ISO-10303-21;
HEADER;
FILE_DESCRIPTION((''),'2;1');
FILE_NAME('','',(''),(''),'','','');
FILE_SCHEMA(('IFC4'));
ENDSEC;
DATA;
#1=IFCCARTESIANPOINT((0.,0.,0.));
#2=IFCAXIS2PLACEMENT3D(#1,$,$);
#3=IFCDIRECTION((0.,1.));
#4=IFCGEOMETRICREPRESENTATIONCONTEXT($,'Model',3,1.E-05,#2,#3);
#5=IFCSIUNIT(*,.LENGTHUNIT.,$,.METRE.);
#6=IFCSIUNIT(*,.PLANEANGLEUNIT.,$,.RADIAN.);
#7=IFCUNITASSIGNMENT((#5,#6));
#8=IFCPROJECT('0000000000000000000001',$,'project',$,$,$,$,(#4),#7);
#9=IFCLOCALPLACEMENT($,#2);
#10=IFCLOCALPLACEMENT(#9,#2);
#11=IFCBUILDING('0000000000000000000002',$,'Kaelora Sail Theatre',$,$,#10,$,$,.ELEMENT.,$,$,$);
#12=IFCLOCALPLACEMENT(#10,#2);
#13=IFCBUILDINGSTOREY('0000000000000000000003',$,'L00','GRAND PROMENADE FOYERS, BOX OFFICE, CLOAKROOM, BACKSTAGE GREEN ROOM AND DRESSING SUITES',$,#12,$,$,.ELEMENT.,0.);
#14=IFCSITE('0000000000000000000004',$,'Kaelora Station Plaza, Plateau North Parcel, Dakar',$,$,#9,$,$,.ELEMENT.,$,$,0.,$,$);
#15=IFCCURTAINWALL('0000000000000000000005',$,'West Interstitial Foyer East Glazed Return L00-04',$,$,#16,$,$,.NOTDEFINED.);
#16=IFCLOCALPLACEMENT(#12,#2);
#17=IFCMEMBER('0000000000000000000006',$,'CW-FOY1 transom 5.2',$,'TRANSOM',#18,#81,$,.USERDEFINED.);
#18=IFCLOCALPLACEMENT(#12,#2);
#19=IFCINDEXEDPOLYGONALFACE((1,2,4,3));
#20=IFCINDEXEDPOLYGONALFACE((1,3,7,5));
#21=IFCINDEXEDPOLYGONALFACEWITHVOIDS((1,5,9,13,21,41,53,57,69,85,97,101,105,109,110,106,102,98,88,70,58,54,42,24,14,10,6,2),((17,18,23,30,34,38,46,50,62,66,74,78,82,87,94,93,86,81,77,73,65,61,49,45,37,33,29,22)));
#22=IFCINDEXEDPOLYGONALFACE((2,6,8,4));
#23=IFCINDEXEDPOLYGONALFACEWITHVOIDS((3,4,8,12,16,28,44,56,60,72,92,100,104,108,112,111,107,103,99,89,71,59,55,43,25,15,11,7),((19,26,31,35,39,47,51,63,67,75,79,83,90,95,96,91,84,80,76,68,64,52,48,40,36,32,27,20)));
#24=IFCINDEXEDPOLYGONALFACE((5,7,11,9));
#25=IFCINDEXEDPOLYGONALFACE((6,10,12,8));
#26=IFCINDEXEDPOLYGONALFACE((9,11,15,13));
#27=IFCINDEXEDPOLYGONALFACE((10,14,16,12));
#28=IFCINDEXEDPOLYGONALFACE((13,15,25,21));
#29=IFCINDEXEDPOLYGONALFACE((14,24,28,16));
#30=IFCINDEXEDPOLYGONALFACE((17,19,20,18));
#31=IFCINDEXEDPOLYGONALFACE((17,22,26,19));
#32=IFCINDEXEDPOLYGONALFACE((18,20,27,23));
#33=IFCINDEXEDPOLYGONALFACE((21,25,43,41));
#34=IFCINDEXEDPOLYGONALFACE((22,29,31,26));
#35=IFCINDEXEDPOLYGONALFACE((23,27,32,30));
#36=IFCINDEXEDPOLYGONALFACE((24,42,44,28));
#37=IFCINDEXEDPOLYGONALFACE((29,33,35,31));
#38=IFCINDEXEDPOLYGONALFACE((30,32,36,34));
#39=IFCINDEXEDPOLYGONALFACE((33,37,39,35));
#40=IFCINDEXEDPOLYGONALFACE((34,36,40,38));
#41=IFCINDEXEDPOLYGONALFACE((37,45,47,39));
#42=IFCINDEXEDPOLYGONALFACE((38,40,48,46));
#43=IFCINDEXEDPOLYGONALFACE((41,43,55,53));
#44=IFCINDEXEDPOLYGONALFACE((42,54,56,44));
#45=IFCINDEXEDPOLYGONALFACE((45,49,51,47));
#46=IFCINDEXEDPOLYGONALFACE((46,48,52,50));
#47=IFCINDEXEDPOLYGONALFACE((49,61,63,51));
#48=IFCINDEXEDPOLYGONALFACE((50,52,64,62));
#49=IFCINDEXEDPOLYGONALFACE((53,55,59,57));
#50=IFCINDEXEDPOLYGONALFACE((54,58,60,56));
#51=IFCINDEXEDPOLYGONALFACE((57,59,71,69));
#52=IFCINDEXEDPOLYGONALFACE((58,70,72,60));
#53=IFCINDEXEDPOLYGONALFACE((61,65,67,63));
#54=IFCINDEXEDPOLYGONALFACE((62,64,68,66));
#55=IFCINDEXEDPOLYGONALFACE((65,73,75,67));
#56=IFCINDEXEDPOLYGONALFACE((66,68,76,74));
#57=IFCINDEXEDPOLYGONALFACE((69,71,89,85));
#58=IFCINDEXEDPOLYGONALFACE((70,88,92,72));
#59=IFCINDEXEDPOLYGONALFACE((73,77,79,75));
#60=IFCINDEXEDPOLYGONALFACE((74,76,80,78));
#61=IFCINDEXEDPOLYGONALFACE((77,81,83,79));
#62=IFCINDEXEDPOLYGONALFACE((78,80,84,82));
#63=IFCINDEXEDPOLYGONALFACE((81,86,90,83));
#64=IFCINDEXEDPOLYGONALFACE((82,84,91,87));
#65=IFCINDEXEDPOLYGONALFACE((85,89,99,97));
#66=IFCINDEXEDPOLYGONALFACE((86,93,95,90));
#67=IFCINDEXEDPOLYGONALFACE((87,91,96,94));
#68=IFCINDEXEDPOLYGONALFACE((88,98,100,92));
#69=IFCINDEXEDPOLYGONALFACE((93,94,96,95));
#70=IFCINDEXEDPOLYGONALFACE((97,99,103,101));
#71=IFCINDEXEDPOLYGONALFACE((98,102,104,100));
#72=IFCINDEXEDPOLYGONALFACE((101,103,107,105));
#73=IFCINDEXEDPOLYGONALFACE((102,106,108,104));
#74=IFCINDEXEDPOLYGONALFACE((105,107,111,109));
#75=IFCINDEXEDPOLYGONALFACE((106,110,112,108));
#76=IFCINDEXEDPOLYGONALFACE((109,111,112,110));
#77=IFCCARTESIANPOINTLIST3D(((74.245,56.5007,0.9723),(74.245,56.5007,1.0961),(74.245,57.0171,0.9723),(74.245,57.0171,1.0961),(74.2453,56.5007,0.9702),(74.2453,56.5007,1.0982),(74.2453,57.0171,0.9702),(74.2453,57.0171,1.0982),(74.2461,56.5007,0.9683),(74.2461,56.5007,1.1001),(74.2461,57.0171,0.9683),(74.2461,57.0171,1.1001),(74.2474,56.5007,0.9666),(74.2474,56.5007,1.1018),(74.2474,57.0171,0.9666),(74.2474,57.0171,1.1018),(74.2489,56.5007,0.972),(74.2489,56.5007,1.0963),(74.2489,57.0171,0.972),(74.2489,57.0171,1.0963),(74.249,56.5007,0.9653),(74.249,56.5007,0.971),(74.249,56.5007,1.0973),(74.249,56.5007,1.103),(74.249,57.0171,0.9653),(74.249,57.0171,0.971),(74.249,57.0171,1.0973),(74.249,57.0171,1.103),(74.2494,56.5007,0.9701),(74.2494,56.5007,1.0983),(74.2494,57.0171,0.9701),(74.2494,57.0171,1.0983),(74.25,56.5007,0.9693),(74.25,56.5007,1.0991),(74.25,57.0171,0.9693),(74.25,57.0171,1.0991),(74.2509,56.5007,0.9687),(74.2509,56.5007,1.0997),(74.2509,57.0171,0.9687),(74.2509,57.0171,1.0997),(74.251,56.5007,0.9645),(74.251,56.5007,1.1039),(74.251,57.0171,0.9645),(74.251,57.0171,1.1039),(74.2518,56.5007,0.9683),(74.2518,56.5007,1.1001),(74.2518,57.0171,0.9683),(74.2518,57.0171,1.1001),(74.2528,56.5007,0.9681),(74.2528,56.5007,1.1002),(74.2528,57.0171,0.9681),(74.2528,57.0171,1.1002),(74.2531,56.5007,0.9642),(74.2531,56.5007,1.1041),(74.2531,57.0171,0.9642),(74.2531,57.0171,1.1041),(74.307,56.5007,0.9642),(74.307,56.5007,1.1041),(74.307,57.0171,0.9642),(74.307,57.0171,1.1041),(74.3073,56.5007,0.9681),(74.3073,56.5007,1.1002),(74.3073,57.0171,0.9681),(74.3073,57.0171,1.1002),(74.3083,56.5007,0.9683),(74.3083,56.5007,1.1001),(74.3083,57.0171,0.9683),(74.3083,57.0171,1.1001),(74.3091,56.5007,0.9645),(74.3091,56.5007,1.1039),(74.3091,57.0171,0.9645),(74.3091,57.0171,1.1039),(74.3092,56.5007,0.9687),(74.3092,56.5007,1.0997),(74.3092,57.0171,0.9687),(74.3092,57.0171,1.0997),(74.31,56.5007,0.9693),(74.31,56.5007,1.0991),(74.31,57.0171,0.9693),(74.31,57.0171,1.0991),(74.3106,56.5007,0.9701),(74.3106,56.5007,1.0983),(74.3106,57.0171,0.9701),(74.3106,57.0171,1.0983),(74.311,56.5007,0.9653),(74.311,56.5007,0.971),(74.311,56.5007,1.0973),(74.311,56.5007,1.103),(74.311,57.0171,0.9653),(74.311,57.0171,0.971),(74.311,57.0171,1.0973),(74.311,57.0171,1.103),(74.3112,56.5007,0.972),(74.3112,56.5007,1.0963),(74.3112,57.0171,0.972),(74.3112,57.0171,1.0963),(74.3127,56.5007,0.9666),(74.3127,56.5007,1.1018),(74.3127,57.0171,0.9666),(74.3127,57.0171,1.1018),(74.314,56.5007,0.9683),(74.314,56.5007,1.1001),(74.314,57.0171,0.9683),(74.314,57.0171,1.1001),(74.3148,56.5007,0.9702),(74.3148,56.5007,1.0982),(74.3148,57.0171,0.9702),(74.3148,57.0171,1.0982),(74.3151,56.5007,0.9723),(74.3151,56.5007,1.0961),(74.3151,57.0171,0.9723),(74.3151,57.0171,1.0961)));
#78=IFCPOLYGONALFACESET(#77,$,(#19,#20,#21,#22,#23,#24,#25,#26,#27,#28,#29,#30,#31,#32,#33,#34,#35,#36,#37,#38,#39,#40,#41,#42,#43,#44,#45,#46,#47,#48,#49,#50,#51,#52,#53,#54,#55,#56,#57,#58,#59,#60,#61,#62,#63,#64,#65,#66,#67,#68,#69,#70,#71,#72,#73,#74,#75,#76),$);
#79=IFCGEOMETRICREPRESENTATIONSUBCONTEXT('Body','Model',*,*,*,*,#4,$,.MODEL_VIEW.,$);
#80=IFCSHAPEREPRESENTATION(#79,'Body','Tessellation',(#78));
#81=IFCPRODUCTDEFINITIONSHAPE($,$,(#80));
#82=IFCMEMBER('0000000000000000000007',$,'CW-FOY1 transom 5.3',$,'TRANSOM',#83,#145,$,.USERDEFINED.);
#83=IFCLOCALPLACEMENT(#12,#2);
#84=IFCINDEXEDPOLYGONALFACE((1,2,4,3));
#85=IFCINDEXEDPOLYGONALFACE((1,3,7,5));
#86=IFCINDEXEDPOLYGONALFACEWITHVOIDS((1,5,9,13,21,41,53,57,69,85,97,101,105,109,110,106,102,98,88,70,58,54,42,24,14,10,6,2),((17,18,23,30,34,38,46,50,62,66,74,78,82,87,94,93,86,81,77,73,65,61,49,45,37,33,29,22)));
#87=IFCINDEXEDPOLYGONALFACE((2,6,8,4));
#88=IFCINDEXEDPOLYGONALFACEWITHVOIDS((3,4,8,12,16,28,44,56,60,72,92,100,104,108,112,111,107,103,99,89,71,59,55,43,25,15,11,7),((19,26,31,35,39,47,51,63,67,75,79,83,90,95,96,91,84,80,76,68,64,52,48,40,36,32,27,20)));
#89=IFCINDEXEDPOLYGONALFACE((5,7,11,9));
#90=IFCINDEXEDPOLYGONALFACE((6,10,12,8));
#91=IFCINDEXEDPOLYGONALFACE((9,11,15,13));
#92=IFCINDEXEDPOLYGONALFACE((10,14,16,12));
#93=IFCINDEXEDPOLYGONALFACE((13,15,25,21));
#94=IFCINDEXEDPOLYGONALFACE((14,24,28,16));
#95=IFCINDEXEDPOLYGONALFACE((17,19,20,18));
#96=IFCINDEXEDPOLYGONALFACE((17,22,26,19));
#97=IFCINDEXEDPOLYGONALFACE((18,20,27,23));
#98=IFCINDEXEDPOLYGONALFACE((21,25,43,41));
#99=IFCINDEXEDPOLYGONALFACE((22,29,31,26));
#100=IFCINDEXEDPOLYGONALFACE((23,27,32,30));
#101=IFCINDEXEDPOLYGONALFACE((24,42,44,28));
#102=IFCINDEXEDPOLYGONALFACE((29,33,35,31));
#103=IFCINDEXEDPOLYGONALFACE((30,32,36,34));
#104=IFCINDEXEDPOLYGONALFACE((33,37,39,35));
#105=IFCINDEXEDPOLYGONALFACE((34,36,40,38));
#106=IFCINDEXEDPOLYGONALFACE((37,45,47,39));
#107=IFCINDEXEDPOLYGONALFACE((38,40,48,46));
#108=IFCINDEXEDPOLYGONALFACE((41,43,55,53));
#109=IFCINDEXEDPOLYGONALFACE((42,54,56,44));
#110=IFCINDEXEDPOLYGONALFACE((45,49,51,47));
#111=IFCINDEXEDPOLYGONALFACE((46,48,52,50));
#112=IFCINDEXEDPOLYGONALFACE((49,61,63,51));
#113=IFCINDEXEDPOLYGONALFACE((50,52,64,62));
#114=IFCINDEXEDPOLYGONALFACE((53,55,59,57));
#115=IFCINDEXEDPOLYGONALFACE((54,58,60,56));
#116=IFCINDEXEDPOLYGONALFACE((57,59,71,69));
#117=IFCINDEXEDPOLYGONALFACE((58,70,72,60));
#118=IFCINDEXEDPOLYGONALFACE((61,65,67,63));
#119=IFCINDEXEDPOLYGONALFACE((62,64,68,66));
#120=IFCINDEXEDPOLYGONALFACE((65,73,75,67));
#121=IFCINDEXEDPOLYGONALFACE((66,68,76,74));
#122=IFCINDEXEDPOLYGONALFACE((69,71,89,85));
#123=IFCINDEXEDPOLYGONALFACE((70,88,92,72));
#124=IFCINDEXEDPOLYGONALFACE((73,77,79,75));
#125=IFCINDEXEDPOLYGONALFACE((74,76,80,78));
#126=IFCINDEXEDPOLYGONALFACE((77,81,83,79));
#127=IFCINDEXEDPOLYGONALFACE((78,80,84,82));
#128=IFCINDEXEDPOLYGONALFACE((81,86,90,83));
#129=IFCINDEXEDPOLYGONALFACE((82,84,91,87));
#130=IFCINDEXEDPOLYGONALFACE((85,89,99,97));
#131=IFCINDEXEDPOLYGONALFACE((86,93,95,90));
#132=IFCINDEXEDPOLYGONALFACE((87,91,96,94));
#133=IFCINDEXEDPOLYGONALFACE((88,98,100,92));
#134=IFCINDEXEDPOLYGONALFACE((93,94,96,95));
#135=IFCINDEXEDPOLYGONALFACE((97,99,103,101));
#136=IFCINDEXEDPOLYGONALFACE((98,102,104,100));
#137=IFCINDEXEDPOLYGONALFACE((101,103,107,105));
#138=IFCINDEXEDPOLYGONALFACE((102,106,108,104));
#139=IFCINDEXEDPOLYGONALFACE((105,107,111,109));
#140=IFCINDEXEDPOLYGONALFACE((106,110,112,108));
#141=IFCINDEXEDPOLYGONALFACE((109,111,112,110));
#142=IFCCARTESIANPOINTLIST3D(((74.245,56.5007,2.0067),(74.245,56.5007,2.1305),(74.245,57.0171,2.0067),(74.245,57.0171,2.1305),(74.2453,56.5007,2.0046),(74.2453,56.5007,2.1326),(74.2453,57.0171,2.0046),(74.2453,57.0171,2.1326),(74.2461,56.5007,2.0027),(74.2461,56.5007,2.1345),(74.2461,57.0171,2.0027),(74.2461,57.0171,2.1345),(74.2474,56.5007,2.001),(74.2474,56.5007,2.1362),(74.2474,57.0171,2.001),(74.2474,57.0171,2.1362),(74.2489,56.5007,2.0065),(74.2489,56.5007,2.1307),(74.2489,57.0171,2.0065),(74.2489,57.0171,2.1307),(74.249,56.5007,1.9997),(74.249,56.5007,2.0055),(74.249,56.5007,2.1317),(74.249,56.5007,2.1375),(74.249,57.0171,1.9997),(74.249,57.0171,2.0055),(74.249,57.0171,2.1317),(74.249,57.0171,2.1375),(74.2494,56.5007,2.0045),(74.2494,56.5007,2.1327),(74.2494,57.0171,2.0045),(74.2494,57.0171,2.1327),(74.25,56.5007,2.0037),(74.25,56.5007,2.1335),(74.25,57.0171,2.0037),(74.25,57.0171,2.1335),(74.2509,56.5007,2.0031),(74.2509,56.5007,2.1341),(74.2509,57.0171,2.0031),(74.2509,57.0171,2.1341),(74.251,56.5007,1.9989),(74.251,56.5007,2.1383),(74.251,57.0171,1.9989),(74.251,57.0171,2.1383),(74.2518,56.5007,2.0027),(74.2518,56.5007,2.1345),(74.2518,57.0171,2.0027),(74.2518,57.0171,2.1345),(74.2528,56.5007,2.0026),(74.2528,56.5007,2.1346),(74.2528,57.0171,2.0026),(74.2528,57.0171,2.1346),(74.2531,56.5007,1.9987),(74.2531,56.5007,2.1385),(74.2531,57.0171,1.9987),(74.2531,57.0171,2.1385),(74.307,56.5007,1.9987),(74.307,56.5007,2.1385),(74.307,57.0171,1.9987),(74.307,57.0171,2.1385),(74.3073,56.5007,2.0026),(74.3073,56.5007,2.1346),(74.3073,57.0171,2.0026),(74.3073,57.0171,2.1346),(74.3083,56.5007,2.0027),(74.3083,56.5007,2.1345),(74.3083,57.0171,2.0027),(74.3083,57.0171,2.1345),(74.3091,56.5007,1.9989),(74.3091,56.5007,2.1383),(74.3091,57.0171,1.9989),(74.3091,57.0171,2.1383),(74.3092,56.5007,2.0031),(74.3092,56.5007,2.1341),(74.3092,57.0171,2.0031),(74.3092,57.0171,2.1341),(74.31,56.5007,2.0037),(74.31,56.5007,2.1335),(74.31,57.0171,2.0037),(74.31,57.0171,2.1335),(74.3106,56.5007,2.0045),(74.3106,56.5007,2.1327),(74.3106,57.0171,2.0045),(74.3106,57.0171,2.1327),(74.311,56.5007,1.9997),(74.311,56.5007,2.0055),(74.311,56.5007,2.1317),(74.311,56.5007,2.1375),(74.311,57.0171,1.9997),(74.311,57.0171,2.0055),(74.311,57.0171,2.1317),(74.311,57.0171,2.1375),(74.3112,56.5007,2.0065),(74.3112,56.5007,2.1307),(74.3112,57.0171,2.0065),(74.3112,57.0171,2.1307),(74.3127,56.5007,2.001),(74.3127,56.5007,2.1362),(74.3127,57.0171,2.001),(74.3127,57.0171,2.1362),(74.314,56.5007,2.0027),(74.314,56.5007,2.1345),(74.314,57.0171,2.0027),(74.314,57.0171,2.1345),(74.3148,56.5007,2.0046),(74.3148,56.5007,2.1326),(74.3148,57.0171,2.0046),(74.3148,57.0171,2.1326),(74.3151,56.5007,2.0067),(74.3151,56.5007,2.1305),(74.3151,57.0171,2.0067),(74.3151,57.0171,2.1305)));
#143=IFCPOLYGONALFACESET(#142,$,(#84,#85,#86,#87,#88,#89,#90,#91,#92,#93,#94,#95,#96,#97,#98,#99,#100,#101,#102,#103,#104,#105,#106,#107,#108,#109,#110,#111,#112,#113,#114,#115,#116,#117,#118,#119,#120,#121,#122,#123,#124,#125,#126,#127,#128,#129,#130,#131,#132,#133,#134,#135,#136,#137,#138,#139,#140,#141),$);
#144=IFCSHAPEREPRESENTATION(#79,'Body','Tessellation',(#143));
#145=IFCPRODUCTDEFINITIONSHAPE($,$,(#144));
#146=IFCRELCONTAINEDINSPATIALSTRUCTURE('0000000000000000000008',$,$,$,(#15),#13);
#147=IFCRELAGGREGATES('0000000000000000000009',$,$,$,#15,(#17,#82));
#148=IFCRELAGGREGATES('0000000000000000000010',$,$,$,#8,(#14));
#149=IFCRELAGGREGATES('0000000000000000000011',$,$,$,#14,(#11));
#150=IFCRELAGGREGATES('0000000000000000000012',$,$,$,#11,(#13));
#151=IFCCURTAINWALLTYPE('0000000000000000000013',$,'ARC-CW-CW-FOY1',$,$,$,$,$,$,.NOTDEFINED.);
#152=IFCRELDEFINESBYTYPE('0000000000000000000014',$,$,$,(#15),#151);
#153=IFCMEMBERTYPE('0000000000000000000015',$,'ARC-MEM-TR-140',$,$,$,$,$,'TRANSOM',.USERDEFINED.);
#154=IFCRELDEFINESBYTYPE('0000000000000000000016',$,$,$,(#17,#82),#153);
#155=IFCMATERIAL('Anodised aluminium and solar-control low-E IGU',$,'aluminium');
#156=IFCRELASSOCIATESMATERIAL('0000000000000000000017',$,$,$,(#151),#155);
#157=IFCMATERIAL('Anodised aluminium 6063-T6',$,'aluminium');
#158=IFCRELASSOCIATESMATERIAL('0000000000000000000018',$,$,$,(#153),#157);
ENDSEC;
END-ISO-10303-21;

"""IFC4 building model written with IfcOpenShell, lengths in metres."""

from ifc_helpers import new_model, si_unit, direction, frame, origin, origin_2d, place, context, subcontext, project, spatial, hollow_rectangle, extrude, material, material_profile, profile_set, type_object, element, aggregate, save


model = new_model("IFC4")

# Units and contexts
model_context = context("Model", 3, precision=1e-05, world=origin(), true_north=direction((0.0, 1.0)))
body_context = subcontext(model_context, "Body", "Model", "MODEL_VIEW")
ifc_project = project(units=[si_unit("LENGTHUNIT", "METRE"), si_unit("PLANEANGLEUNIT", "RADIAN")], contexts=[model_context])

# Site, building, storey
site_placement = place(None, origin())
site = spatial("IfcSite", under=ifc_project, at=site_placement, Name="Kaelora Station Plaza, Plateau North Parcel, Dakar", CompositionType="ELEMENT", RefElevation=0.0)
building_placement = place(site_placement, origin())
building = spatial("IfcBuilding", under=site, at=building_placement, Name="Kaelora Sail Theatre", CompositionType="ELEMENT")
storey_placement = place(building_placement, origin())
storey = spatial("IfcBuildingStorey", under=building, at=storey_placement, Name="L00", Description="GRAND PROMENADE FOYERS, BOX OFFICE, CLOAKROOM, BACKSTAGE GREEN ROOM AND DRESSING SUITES", CompositionType="ELEMENT", Elevation=0.0)

# Curtain wall
ifc_material_1 = material(Name="Anodised aluminium and solar-control low-E IGU", Category="aluminium")
curtain_wall_type = type_object("IfcCurtainWallType", Name="ARC-CW-CW-FOY1", PredefinedType="NOTDEFINED", material=ifc_material_1)
curtain_wall_placement = place(storey_placement, origin())
curtain_wall = element("IfcCurtainWall", 1, at=curtain_wall_placement, inside=storey, type_object=curtain_wall_type, Name="West Interstitial Foyer East Glazed Return L00-04", PredefinedType="NOTDEFINED")

# Members
ifc_material_2 = material(Name="Anodised aluminium 6063-T6", Category="aluminium")
ifc_material_profile_1 = material_profile(ifc_material_2, hollow_rectangle(XDim=0.0701, YDim=0.1399, WallThickness=0.0039, InnerFilletRadius=0.0039, OuterFilletRadius=0.0081, at=origin_2d()), Name="ALU-TRAN 70x140x4")
ifc_profile_set_1 = profile_set([ifc_material_profile_1], Name="Anodised aluminium 6063-T6")
member_type_1 = type_object("IfcMemberType", Name="ARC-MEM-TR-140", ElementType="TRANSOM", PredefinedType="USERDEFINED", material=ifc_profile_set_1)
member_1_placement = place(storey_placement, frame((74.28, 56.5007, 1.0342), z_axis=(0.0, 1.0, 0.0), x_axis=(-1.0, 0.0, 0.0)))
member_1 = element("IfcMember", 2, at=member_1_placement, type_object=member_type_1, Name="CW-FOY1 transom 5.2", ObjectType="TRANSOM", PredefinedType="USERDEFINED", context=body_context, shape_type="SweptSolid", body=[
    extrude(hollow_rectangle(XDim=0.0701, YDim=0.1399, WallThickness=0.0039, InnerFilletRadius=0.0039, OuterFilletRadius=0.0081, at=origin_2d()), origin(), (0.0, 0.0, 1.0), 0.5164),
])
member_2_placement = place(storey_placement, frame((74.28, 56.5007, 2.0686), z_axis=(0.0, 1.0, 0.0), x_axis=(-1.0, 0.0, 0.0)))
member_2 = element("IfcMember", 3, at=member_2_placement, type_object=member_type_1, Name="CW-FOY1 transom 5.3", ObjectType="TRANSOM", PredefinedType="USERDEFINED", context=body_context, shape_type="SweptSolid", body=[
    extrude(hollow_rectangle(XDim=0.0701, YDim=0.1399, WallThickness=0.0039, InnerFilletRadius=0.0039, OuterFilletRadius=0.0081, at=origin_2d()), origin(), (0.0, 0.0, 1.0), 0.5164),
])

aggregate(curtain_wall, [member_1, member_2])

save(model, "model.ifc")
